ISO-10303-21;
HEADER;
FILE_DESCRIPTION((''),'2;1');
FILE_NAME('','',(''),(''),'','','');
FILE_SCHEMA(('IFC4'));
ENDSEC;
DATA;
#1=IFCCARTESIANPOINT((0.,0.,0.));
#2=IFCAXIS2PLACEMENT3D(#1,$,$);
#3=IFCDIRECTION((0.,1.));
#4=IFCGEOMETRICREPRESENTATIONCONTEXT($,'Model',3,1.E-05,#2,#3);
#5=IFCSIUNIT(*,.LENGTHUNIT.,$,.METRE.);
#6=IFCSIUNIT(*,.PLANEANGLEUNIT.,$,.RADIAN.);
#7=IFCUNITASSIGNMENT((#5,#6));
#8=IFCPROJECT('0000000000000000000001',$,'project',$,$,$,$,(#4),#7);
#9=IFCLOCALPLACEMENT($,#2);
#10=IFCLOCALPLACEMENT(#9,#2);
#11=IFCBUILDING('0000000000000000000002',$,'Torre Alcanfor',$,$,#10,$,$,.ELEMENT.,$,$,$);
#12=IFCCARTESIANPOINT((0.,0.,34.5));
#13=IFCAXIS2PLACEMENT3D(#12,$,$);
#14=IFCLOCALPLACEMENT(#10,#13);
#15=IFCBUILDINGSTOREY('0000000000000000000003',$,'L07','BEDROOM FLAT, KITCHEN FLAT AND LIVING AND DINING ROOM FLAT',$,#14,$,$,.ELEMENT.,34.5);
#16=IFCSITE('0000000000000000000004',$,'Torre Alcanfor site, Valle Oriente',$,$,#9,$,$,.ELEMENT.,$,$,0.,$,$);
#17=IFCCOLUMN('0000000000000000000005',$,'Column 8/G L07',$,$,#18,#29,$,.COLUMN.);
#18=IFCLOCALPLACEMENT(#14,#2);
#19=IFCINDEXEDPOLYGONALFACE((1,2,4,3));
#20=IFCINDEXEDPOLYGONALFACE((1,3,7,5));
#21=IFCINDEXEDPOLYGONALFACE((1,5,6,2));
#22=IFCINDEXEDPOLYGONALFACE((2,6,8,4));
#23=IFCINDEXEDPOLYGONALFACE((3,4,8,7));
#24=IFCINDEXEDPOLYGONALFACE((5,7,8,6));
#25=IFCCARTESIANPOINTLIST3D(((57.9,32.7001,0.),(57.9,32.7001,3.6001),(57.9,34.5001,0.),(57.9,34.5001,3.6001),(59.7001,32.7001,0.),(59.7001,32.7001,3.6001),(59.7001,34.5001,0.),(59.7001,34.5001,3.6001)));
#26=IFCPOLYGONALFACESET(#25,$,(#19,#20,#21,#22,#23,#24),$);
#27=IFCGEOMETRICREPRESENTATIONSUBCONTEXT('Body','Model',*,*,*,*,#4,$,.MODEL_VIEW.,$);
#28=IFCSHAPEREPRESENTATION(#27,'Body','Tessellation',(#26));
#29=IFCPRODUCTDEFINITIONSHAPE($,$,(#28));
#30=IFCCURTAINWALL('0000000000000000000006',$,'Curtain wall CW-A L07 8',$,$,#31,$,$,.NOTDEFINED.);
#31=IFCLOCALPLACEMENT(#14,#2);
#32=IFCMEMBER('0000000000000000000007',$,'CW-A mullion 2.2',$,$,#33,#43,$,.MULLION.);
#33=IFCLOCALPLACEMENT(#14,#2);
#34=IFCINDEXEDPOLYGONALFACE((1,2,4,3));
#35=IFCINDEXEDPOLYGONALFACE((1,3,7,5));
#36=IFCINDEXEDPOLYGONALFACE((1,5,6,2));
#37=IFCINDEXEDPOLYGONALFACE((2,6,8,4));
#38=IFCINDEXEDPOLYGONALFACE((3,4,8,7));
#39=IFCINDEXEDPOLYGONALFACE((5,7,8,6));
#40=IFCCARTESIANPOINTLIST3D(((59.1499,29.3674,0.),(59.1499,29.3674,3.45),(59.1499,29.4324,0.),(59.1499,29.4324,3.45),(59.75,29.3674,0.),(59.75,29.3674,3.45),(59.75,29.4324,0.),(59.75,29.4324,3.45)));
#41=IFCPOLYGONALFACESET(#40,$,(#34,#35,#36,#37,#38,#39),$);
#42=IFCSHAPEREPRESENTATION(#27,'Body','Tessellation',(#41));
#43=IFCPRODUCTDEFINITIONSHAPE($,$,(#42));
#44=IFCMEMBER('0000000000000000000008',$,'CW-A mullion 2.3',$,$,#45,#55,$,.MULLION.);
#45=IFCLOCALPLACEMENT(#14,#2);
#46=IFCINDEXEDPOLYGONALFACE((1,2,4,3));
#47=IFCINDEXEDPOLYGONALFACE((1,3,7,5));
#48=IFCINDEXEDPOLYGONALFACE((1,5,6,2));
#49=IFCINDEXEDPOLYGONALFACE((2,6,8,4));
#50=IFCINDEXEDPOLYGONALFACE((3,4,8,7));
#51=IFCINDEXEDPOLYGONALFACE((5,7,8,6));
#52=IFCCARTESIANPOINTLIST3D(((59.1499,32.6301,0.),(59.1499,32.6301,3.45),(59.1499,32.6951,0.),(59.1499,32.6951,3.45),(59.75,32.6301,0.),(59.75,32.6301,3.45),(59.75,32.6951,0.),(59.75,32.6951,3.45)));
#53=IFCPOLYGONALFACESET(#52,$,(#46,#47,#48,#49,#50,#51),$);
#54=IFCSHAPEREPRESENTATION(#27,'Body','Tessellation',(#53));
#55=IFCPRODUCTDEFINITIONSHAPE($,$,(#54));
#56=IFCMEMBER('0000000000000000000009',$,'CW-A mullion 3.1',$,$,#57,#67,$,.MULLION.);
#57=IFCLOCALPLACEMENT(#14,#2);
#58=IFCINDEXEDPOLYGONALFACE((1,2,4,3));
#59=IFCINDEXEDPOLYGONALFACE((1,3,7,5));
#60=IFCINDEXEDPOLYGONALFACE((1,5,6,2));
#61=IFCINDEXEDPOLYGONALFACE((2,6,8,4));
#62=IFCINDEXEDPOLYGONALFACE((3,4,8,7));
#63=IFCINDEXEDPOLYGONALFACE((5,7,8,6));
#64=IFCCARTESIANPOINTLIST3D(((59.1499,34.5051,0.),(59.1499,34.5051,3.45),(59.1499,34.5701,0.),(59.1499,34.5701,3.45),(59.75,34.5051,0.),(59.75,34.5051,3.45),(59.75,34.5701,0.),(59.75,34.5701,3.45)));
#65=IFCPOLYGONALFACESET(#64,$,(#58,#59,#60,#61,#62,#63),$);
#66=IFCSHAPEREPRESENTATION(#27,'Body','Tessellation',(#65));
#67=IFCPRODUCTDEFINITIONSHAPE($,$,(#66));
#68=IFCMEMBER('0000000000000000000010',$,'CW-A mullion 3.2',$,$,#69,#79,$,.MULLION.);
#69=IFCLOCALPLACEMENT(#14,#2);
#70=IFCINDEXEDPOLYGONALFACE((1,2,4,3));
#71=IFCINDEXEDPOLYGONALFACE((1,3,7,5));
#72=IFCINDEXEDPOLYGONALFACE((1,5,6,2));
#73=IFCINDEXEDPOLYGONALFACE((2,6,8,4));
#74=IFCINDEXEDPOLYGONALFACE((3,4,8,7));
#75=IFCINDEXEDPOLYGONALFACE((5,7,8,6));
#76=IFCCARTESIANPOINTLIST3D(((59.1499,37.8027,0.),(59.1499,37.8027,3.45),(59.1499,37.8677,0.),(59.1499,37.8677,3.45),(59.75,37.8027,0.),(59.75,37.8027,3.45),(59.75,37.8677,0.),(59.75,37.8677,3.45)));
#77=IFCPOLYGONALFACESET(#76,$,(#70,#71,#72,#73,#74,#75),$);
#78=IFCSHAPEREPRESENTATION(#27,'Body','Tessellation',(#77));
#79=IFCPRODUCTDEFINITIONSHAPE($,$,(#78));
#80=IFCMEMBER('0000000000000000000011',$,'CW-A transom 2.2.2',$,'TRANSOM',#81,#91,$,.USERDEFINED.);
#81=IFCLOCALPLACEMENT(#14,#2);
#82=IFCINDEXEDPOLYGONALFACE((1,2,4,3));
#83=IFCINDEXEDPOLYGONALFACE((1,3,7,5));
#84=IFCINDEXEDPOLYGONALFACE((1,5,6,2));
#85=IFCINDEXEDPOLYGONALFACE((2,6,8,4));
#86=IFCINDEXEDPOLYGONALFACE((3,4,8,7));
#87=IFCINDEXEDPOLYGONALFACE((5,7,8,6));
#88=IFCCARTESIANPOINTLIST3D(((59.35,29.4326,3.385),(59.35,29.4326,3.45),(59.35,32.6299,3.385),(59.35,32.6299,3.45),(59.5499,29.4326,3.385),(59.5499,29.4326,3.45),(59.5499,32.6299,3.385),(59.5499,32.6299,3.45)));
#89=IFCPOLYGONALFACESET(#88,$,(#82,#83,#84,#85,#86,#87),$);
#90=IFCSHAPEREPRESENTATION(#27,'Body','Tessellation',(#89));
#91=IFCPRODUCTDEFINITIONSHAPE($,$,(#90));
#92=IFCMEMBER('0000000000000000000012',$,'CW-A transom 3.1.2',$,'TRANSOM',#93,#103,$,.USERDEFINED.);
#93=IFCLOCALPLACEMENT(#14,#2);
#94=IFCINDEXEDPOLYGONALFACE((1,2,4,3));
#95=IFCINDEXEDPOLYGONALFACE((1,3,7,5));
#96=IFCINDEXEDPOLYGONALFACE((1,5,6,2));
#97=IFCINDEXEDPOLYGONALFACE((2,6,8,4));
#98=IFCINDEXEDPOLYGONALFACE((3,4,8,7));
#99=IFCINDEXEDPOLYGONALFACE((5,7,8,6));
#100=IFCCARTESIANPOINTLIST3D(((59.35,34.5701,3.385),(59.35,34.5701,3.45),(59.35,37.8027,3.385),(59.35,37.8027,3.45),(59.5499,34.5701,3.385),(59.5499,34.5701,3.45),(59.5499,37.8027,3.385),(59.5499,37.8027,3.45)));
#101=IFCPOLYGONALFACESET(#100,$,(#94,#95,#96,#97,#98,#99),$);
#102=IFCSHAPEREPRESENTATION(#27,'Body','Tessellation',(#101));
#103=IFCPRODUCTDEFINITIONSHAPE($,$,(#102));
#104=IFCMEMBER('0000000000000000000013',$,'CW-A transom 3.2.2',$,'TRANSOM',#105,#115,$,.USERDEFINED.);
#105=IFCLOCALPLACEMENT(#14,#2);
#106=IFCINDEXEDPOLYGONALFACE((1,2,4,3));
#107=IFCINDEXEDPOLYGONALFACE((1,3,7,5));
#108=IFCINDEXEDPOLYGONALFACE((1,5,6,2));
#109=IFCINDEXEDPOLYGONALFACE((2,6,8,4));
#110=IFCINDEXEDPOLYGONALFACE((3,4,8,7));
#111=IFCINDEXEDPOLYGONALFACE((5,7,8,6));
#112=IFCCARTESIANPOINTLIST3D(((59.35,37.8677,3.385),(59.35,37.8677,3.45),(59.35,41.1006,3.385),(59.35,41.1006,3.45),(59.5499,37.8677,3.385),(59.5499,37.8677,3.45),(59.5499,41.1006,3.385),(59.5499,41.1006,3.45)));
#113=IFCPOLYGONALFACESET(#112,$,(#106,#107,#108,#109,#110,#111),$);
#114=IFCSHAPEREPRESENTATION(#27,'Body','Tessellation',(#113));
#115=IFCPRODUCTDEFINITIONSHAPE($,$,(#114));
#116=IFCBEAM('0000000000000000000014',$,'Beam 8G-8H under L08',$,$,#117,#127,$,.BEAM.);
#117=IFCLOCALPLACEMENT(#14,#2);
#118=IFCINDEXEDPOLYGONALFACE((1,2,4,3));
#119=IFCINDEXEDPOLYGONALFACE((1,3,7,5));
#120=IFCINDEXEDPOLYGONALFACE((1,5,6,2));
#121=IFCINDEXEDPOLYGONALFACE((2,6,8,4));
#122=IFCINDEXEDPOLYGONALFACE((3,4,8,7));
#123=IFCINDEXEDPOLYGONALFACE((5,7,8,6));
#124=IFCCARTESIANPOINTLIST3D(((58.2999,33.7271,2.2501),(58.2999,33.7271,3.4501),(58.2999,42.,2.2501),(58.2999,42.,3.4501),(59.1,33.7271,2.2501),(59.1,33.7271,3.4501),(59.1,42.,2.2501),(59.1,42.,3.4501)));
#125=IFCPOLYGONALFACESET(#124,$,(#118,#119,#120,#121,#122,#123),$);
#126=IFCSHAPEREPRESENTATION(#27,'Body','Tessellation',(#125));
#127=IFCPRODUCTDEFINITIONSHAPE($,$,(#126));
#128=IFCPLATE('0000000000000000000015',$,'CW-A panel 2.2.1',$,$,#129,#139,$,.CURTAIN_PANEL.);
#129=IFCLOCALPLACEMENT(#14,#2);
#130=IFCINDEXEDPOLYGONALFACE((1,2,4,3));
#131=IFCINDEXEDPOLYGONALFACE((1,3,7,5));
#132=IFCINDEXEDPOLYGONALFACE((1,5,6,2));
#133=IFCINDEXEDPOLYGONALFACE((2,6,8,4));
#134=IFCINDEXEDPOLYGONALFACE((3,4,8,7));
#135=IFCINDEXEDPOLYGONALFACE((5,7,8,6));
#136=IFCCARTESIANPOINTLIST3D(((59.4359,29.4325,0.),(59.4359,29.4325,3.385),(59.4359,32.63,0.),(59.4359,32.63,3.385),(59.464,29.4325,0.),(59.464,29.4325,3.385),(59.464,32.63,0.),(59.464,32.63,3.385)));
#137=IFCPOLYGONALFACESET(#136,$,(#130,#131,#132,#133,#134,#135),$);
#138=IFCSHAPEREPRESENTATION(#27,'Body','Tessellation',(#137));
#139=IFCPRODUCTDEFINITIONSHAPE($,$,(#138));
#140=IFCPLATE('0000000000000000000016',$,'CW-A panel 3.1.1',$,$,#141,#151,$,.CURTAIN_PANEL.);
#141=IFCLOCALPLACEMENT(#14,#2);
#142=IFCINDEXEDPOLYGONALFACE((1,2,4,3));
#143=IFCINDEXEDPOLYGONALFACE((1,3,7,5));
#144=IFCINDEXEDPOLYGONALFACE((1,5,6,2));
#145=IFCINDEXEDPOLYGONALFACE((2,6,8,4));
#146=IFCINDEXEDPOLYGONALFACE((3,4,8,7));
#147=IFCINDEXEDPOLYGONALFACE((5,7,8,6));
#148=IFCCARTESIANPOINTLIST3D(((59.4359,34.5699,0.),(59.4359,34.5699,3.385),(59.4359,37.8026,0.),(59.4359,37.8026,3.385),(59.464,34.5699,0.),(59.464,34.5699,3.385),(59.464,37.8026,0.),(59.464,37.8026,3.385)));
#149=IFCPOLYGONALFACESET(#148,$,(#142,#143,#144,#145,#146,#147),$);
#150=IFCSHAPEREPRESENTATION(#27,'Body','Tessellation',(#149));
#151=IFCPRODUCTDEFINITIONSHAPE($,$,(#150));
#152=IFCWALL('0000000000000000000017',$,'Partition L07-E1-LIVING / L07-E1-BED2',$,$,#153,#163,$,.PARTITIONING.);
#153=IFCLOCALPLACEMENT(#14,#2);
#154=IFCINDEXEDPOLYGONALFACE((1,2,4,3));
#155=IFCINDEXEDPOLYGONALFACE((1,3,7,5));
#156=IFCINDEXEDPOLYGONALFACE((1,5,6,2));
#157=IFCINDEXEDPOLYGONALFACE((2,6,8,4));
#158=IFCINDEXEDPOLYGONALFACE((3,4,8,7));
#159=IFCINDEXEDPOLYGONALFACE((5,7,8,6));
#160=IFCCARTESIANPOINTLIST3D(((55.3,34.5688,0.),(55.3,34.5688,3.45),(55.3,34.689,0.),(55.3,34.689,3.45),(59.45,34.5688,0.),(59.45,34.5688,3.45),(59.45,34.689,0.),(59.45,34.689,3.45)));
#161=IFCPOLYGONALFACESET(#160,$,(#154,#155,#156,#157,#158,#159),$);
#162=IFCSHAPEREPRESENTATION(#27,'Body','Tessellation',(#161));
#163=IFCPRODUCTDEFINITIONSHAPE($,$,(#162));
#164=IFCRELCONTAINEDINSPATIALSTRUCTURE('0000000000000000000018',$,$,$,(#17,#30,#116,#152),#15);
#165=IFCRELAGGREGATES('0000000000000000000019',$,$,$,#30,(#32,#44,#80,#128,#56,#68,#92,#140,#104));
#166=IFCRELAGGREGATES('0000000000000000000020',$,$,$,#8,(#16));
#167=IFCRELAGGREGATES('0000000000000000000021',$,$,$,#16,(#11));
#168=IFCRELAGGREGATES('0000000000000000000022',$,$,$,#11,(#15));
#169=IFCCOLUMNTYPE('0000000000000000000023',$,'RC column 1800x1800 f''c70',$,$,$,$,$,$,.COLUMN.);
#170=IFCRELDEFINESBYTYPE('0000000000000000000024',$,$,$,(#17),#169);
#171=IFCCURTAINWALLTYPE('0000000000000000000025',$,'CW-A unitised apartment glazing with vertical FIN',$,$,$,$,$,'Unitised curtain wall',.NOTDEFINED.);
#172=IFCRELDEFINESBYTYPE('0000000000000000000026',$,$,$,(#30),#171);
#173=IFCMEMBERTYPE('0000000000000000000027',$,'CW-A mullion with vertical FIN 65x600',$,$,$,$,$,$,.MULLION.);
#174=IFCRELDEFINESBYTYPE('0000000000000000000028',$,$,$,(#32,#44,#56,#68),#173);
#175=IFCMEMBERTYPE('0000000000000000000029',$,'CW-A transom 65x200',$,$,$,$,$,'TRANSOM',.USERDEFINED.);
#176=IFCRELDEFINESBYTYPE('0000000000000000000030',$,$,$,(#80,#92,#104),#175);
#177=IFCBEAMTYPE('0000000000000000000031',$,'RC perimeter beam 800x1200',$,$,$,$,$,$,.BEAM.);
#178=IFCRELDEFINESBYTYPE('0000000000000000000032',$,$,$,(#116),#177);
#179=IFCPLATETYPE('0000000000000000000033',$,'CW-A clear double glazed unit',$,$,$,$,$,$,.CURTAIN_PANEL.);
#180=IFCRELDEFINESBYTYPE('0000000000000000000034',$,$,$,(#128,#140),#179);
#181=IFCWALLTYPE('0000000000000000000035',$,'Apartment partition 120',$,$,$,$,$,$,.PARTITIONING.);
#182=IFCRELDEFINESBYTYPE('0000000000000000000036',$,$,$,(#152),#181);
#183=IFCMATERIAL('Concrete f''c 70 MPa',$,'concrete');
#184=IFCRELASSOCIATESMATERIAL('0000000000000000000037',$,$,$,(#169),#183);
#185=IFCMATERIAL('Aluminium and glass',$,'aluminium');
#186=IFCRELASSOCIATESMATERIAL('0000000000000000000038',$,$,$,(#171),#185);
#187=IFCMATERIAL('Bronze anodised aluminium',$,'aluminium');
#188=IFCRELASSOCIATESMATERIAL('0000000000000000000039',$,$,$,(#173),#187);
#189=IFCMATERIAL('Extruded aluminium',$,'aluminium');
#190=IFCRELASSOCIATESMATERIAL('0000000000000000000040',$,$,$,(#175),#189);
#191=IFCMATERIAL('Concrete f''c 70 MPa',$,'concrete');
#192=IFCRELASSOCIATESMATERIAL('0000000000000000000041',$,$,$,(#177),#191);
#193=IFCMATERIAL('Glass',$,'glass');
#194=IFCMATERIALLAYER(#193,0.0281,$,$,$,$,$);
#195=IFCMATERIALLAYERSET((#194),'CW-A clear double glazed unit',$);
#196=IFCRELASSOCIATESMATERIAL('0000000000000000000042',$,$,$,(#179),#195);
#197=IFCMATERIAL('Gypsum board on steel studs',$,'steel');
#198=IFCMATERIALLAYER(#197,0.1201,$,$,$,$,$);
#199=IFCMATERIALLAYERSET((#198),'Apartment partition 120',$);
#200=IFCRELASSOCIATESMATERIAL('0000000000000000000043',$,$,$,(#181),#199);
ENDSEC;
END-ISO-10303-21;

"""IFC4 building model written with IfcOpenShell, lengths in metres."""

from ifc_helpers import new_model, si_unit, direction, frame, frame_2d, origin, origin_2d, place, context, subcontext, project, spatial, rectangle, extrude, material, layer, layer_set, material_profile, profile_set, type_object, element, aggregate, save


model = new_model("IFC4")

# Units and contexts
model_context = context("Model", 3, precision=1e-05, world=origin(), true_north=direction((0.0, 1.0)))
body_context = subcontext(model_context, "Body", "Model", "MODEL_VIEW")
ifc_project = project(units=[si_unit("LENGTHUNIT", "METRE"), si_unit("PLANEANGLEUNIT", "RADIAN")], contexts=[model_context])

# Site, building, storey
site_placement = place(None, origin())
site = spatial("IfcSite", under=ifc_project, at=site_placement, Name="Torre Alcanfor site, Valle Oriente", CompositionType="ELEMENT", RefElevation=0.0)
building_placement = place(site_placement, origin())
building = spatial("IfcBuilding", under=site, at=building_placement, Name="Torre Alcanfor", CompositionType="ELEMENT")
storey_placement = place(building_placement, frame((0.0, 0.0, 34.5)))
storey = spatial("IfcBuildingStorey", under=building, at=storey_placement, Name="L07", Description="BEDROOM FLAT, KITCHEN FLAT AND LIVING AND DINING ROOM FLAT", CompositionType="ELEMENT", Elevation=34.5)

# Column
ifc_material_1 = material(Name="Concrete f'c 70 MPa", Category="concrete")
ifc_material_profile_1 = material_profile(ifc_material_1, rectangle(XDim=1.8, YDim=1.8, at=origin_2d()), Name="1800x1800")
ifc_profile_set_1 = profile_set([ifc_material_profile_1], Name="Concrete f'c 70 MPa")
column_type = type_object("IfcColumnType", Name="RC column 1800x1800 f'c70", PredefinedType="COLUMN", material=ifc_profile_set_1)
column_placement = place(storey_placement, frame((58.8, 33.6001, 0.0), z_axis=(0.0, 0.0, 1.0), x_axis=(1.0, 0.0, 0.0)))
element("IfcColumn", 1, at=column_placement, inside=storey, type_object=column_type, Name="Column 8/G L07", PredefinedType="COLUMN", context=body_context, shape_type="SweptSolid", body=[
    extrude(rectangle(XDim=1.8, YDim=1.8, at=origin_2d()), origin(), (0.0, 0.0, 1.0), 3.6001),
])

# Curtain wall, members
ifc_material_2 = material(Name="Aluminium and glass", Category="aluminium")
curtain_wall_type = type_object("IfcCurtainWallType", Name="CW-A unitised apartment glazing with vertical FIN", ElementType="Unitised curtain wall", PredefinedType="NOTDEFINED", material=ifc_material_2)
curtain_wall_placement = place(storey_placement, origin())
curtain_wall = element("IfcCurtainWall", 2, at=curtain_wall_placement, inside=storey, type_object=curtain_wall_type, Name="Curtain wall CW-A L07 8", PredefinedType="NOTDEFINED")
ifc_material_3 = material(Name="Bronze anodised aluminium", Category="aluminium")
ifc_material_profile_2 = material_profile(ifc_material_3, rectangle(XDim=0.6001, YDim=0.0649, at=origin_2d()), Name="CW-A mullion 65x600")
ifc_profile_set_2 = profile_set([ifc_material_profile_2], Name="Bronze anodised aluminium")
member_type_1 = type_object("IfcMemberType", Name="CW-A mullion with vertical FIN 65x600", PredefinedType="MULLION", material=ifc_profile_set_2)
member_1_placement = place(storey_placement, frame((59.45, 29.3999, 0.0), z_axis=(0.0, 0.0, 1.0), x_axis=(-1.0, 0.0, 0.0)))
member_1 = element("IfcMember", 3, at=member_1_placement, type_object=member_type_1, Name="CW-A mullion 2.2", PredefinedType="MULLION", context=body_context, shape_type="SweptSolid", body=[
    extrude(rectangle(XDim=0.6001, YDim=0.0649, at=origin_2d()), origin(), (0.0, 0.0, 1.0), 3.45),
])
member_2_placement = place(storey_placement, frame((59.45, 32.6626, 0.0), z_axis=(0.0, 0.0, 1.0), x_axis=(-1.0, 0.0, 0.0)))
member_2 = element("IfcMember", 4, at=member_2_placement, type_object=member_type_1, Name="CW-A mullion 2.3", PredefinedType="MULLION", context=body_context, shape_type="SweptSolid", body=[
    extrude(rectangle(XDim=0.6001, YDim=0.0649, at=origin_2d()), origin(), (0.0, 0.0, 1.0), 3.45),
])
member_3_placement = place(storey_placement, frame((59.45, 34.5376, 0.0), z_axis=(0.0, 0.0, 1.0), x_axis=(-1.0, 0.0, 0.0)))
member_3 = element("IfcMember", 5, at=member_3_placement, type_object=member_type_1, Name="CW-A mullion 3.1", PredefinedType="MULLION", context=body_context, shape_type="SweptSolid", body=[
    extrude(rectangle(XDim=0.6001, YDim=0.0649, at=origin_2d()), origin(), (0.0, 0.0, 1.0), 3.45),
])
member_4_placement = place(storey_placement, frame((59.45, 37.8352, 0.0), z_axis=(0.0, 0.0, 1.0), x_axis=(-1.0, 0.0, 0.0)))
member_4 = element("IfcMember", 6, at=member_4_placement, type_object=member_type_1, Name="CW-A mullion 3.2", PredefinedType="MULLION", context=body_context, shape_type="SweptSolid", body=[
    extrude(rectangle(XDim=0.6001, YDim=0.0649, at=origin_2d()), origin(), (0.0, 0.0, 1.0), 3.45),
])
ifc_material_4 = material(Name="Extruded aluminium", Category="aluminium")
ifc_material_profile_3 = material_profile(ifc_material_4, rectangle(XDim=0.2, YDim=0.0649, at=origin_2d()), Name="CW-A transom 200x65")
ifc_profile_set_3 = profile_set([ifc_material_profile_3], Name="Extruded aluminium")
member_type_2 = type_object("IfcMemberType", Name="CW-A transom 65x200", ElementType="TRANSOM", PredefinedType="USERDEFINED", material=ifc_profile_set_3)
member_5_placement = place(storey_placement, frame((59.45, 29.4326, 3.4175), z_axis=(0.0, 1.0, 0.0), x_axis=(-1.0, 0.0, 0.0)))
member_5 = element("IfcMember", 7, at=member_5_placement, type_object=member_type_2, Name="CW-A transom 2.2.2", ObjectType="TRANSOM", PredefinedType="USERDEFINED", context=body_context, shape_type="SweptSolid", body=[
    extrude(rectangle(XDim=0.2, YDim=0.0649, at=origin_2d()), origin(), (0.0, 0.0, 1.0), 3.1973),
])
member_6_placement = place(storey_placement, frame((59.45, 34.5701, 3.4175), z_axis=(0.0, 1.0, 0.0), x_axis=(-1.0, 0.0, 0.0)))
member_6 = element("IfcMember", 8, at=member_6_placement, type_object=member_type_2, Name="CW-A transom 3.1.2", ObjectType="TRANSOM", PredefinedType="USERDEFINED", context=body_context, shape_type="SweptSolid", body=[
    extrude(rectangle(XDim=0.2, YDim=0.0649, at=origin_2d()), origin(), (0.0, 0.0, 1.0), 3.2327),
])
member_7_placement = place(storey_placement, frame((59.45, 37.8677, 3.4175), z_axis=(0.0, 1.0, 0.0), x_axis=(-1.0, 0.0, 0.0)))
member_7 = element("IfcMember", 9, at=member_7_placement, type_object=member_type_2, Name="CW-A transom 3.2.2", ObjectType="TRANSOM", PredefinedType="USERDEFINED", context=body_context, shape_type="SweptSolid", body=[
    extrude(rectangle(XDim=0.2, YDim=0.0649, at=origin_2d()), origin(), (0.0, 0.0, 1.0), 3.2329),
])

# Beam
ifc_material_5 = material(Name="Concrete f'c 70 MPa", Category="concrete")
ifc_material_profile_4 = material_profile(ifc_material_5, rectangle(XDim=0.8, YDim=1.2, at=origin_2d()), Name="800x1200")
ifc_profile_set_4 = profile_set([ifc_material_profile_4], Name="Concrete f'c 70 MPa")
beam_type = type_object("IfcBeamType", Name="RC perimeter beam 800x1200", PredefinedType="BEAM", material=ifc_profile_set_4)
beam_placement = place(storey_placement, frame((58.7, 33.7271, 2.8501), z_axis=(0.0, 1.0, 0.0), x_axis=(-1.0, 0.0, 0.0)))
element("IfcBeam", 10, at=beam_placement, inside=storey, type_object=beam_type, Name="Beam 8G-8H under L08", PredefinedType="BEAM", context=body_context, shape_type="SweptSolid", body=[
    extrude(rectangle(XDim=0.8, YDim=1.2, at=origin_2d()), origin(), (0.0, 0.0, 1.0), 8.2729),
])

# Plates
ifc_material_6 = material(Name="Glass", Category="glass")
ifc_layer_1 = layer(ifc_material_6, 0.0281)
ifc_layer_set_1 = layer_set([ifc_layer_1], Name="CW-A clear double glazed unit")
plate_type = type_object("IfcPlateType", Name="CW-A clear double glazed unit", PredefinedType="CURTAIN_PANEL", material=ifc_layer_set_1)
plate_1_placement = place(storey_placement, frame((59.45, 31.0312, 0.0), z_axis=(0.0, 0.0, 1.0), x_axis=(0.0, 1.0, 0.0)))
plate_1 = element("IfcPlate", 11, at=plate_1_placement, type_object=plate_type, Name="CW-A panel 2.2.1", PredefinedType="CURTAIN_PANEL", context=body_context, shape_type="SweptSolid", body=[
    extrude(rectangle(XDim=3.1975, YDim=0.0281, at=origin_2d()), origin(), (0.0, 0.0, 1.0), 3.385),
])
plate_2_placement = place(storey_placement, frame((59.45, 36.1863, 0.0), z_axis=(0.0, 0.0, 1.0), x_axis=(0.0, 1.0, 0.0)))
plate_2 = element("IfcPlate", 12, at=plate_2_placement, type_object=plate_type, Name="CW-A panel 3.1.1", PredefinedType="CURTAIN_PANEL", context=body_context, shape_type="SweptSolid", body=[
    extrude(rectangle(XDim=3.2327, YDim=0.0281, at=origin_2d()), origin(), (0.0, 0.0, 1.0), 3.385),
])
aggregate(curtain_wall, [member_1, member_2, member_5, plate_1, member_3, member_4, member_6, plate_2, member_7])

# Wall
ifc_material_7 = material(Name="Gypsum board on steel studs", Category="steel")
ifc_layer_2 = layer(ifc_material_7, 0.1201)
ifc_layer_set_2 = layer_set([ifc_layer_2], Name="Apartment partition 120")
wall_type = type_object("IfcWallType", Name="Apartment partition 120", PredefinedType="PARTITIONING", material=ifc_layer_set_2)
wall_1_placement = place(storey_placement, frame((59.45, 34.6289, 0.0), z_axis=(0.0, 0.0, 1.0), x_axis=(-1.0, 0.0, 0.0)))
element("IfcWall", 13, at=wall_1_placement, inside=storey, type_object=wall_type, Name="Partition L07-E1-LIVING / L07-E1-BED2", PredefinedType="PARTITIONING", context=body_context, shape_type="SweptSolid", body=[
    extrude(rectangle(XDim=4.1499, YDim=0.1201, at=frame_2d((2.075, 0.0))), origin(), (0.0, 0.0, 1.0), 3.45),
])

save(model, "model.ifc")
